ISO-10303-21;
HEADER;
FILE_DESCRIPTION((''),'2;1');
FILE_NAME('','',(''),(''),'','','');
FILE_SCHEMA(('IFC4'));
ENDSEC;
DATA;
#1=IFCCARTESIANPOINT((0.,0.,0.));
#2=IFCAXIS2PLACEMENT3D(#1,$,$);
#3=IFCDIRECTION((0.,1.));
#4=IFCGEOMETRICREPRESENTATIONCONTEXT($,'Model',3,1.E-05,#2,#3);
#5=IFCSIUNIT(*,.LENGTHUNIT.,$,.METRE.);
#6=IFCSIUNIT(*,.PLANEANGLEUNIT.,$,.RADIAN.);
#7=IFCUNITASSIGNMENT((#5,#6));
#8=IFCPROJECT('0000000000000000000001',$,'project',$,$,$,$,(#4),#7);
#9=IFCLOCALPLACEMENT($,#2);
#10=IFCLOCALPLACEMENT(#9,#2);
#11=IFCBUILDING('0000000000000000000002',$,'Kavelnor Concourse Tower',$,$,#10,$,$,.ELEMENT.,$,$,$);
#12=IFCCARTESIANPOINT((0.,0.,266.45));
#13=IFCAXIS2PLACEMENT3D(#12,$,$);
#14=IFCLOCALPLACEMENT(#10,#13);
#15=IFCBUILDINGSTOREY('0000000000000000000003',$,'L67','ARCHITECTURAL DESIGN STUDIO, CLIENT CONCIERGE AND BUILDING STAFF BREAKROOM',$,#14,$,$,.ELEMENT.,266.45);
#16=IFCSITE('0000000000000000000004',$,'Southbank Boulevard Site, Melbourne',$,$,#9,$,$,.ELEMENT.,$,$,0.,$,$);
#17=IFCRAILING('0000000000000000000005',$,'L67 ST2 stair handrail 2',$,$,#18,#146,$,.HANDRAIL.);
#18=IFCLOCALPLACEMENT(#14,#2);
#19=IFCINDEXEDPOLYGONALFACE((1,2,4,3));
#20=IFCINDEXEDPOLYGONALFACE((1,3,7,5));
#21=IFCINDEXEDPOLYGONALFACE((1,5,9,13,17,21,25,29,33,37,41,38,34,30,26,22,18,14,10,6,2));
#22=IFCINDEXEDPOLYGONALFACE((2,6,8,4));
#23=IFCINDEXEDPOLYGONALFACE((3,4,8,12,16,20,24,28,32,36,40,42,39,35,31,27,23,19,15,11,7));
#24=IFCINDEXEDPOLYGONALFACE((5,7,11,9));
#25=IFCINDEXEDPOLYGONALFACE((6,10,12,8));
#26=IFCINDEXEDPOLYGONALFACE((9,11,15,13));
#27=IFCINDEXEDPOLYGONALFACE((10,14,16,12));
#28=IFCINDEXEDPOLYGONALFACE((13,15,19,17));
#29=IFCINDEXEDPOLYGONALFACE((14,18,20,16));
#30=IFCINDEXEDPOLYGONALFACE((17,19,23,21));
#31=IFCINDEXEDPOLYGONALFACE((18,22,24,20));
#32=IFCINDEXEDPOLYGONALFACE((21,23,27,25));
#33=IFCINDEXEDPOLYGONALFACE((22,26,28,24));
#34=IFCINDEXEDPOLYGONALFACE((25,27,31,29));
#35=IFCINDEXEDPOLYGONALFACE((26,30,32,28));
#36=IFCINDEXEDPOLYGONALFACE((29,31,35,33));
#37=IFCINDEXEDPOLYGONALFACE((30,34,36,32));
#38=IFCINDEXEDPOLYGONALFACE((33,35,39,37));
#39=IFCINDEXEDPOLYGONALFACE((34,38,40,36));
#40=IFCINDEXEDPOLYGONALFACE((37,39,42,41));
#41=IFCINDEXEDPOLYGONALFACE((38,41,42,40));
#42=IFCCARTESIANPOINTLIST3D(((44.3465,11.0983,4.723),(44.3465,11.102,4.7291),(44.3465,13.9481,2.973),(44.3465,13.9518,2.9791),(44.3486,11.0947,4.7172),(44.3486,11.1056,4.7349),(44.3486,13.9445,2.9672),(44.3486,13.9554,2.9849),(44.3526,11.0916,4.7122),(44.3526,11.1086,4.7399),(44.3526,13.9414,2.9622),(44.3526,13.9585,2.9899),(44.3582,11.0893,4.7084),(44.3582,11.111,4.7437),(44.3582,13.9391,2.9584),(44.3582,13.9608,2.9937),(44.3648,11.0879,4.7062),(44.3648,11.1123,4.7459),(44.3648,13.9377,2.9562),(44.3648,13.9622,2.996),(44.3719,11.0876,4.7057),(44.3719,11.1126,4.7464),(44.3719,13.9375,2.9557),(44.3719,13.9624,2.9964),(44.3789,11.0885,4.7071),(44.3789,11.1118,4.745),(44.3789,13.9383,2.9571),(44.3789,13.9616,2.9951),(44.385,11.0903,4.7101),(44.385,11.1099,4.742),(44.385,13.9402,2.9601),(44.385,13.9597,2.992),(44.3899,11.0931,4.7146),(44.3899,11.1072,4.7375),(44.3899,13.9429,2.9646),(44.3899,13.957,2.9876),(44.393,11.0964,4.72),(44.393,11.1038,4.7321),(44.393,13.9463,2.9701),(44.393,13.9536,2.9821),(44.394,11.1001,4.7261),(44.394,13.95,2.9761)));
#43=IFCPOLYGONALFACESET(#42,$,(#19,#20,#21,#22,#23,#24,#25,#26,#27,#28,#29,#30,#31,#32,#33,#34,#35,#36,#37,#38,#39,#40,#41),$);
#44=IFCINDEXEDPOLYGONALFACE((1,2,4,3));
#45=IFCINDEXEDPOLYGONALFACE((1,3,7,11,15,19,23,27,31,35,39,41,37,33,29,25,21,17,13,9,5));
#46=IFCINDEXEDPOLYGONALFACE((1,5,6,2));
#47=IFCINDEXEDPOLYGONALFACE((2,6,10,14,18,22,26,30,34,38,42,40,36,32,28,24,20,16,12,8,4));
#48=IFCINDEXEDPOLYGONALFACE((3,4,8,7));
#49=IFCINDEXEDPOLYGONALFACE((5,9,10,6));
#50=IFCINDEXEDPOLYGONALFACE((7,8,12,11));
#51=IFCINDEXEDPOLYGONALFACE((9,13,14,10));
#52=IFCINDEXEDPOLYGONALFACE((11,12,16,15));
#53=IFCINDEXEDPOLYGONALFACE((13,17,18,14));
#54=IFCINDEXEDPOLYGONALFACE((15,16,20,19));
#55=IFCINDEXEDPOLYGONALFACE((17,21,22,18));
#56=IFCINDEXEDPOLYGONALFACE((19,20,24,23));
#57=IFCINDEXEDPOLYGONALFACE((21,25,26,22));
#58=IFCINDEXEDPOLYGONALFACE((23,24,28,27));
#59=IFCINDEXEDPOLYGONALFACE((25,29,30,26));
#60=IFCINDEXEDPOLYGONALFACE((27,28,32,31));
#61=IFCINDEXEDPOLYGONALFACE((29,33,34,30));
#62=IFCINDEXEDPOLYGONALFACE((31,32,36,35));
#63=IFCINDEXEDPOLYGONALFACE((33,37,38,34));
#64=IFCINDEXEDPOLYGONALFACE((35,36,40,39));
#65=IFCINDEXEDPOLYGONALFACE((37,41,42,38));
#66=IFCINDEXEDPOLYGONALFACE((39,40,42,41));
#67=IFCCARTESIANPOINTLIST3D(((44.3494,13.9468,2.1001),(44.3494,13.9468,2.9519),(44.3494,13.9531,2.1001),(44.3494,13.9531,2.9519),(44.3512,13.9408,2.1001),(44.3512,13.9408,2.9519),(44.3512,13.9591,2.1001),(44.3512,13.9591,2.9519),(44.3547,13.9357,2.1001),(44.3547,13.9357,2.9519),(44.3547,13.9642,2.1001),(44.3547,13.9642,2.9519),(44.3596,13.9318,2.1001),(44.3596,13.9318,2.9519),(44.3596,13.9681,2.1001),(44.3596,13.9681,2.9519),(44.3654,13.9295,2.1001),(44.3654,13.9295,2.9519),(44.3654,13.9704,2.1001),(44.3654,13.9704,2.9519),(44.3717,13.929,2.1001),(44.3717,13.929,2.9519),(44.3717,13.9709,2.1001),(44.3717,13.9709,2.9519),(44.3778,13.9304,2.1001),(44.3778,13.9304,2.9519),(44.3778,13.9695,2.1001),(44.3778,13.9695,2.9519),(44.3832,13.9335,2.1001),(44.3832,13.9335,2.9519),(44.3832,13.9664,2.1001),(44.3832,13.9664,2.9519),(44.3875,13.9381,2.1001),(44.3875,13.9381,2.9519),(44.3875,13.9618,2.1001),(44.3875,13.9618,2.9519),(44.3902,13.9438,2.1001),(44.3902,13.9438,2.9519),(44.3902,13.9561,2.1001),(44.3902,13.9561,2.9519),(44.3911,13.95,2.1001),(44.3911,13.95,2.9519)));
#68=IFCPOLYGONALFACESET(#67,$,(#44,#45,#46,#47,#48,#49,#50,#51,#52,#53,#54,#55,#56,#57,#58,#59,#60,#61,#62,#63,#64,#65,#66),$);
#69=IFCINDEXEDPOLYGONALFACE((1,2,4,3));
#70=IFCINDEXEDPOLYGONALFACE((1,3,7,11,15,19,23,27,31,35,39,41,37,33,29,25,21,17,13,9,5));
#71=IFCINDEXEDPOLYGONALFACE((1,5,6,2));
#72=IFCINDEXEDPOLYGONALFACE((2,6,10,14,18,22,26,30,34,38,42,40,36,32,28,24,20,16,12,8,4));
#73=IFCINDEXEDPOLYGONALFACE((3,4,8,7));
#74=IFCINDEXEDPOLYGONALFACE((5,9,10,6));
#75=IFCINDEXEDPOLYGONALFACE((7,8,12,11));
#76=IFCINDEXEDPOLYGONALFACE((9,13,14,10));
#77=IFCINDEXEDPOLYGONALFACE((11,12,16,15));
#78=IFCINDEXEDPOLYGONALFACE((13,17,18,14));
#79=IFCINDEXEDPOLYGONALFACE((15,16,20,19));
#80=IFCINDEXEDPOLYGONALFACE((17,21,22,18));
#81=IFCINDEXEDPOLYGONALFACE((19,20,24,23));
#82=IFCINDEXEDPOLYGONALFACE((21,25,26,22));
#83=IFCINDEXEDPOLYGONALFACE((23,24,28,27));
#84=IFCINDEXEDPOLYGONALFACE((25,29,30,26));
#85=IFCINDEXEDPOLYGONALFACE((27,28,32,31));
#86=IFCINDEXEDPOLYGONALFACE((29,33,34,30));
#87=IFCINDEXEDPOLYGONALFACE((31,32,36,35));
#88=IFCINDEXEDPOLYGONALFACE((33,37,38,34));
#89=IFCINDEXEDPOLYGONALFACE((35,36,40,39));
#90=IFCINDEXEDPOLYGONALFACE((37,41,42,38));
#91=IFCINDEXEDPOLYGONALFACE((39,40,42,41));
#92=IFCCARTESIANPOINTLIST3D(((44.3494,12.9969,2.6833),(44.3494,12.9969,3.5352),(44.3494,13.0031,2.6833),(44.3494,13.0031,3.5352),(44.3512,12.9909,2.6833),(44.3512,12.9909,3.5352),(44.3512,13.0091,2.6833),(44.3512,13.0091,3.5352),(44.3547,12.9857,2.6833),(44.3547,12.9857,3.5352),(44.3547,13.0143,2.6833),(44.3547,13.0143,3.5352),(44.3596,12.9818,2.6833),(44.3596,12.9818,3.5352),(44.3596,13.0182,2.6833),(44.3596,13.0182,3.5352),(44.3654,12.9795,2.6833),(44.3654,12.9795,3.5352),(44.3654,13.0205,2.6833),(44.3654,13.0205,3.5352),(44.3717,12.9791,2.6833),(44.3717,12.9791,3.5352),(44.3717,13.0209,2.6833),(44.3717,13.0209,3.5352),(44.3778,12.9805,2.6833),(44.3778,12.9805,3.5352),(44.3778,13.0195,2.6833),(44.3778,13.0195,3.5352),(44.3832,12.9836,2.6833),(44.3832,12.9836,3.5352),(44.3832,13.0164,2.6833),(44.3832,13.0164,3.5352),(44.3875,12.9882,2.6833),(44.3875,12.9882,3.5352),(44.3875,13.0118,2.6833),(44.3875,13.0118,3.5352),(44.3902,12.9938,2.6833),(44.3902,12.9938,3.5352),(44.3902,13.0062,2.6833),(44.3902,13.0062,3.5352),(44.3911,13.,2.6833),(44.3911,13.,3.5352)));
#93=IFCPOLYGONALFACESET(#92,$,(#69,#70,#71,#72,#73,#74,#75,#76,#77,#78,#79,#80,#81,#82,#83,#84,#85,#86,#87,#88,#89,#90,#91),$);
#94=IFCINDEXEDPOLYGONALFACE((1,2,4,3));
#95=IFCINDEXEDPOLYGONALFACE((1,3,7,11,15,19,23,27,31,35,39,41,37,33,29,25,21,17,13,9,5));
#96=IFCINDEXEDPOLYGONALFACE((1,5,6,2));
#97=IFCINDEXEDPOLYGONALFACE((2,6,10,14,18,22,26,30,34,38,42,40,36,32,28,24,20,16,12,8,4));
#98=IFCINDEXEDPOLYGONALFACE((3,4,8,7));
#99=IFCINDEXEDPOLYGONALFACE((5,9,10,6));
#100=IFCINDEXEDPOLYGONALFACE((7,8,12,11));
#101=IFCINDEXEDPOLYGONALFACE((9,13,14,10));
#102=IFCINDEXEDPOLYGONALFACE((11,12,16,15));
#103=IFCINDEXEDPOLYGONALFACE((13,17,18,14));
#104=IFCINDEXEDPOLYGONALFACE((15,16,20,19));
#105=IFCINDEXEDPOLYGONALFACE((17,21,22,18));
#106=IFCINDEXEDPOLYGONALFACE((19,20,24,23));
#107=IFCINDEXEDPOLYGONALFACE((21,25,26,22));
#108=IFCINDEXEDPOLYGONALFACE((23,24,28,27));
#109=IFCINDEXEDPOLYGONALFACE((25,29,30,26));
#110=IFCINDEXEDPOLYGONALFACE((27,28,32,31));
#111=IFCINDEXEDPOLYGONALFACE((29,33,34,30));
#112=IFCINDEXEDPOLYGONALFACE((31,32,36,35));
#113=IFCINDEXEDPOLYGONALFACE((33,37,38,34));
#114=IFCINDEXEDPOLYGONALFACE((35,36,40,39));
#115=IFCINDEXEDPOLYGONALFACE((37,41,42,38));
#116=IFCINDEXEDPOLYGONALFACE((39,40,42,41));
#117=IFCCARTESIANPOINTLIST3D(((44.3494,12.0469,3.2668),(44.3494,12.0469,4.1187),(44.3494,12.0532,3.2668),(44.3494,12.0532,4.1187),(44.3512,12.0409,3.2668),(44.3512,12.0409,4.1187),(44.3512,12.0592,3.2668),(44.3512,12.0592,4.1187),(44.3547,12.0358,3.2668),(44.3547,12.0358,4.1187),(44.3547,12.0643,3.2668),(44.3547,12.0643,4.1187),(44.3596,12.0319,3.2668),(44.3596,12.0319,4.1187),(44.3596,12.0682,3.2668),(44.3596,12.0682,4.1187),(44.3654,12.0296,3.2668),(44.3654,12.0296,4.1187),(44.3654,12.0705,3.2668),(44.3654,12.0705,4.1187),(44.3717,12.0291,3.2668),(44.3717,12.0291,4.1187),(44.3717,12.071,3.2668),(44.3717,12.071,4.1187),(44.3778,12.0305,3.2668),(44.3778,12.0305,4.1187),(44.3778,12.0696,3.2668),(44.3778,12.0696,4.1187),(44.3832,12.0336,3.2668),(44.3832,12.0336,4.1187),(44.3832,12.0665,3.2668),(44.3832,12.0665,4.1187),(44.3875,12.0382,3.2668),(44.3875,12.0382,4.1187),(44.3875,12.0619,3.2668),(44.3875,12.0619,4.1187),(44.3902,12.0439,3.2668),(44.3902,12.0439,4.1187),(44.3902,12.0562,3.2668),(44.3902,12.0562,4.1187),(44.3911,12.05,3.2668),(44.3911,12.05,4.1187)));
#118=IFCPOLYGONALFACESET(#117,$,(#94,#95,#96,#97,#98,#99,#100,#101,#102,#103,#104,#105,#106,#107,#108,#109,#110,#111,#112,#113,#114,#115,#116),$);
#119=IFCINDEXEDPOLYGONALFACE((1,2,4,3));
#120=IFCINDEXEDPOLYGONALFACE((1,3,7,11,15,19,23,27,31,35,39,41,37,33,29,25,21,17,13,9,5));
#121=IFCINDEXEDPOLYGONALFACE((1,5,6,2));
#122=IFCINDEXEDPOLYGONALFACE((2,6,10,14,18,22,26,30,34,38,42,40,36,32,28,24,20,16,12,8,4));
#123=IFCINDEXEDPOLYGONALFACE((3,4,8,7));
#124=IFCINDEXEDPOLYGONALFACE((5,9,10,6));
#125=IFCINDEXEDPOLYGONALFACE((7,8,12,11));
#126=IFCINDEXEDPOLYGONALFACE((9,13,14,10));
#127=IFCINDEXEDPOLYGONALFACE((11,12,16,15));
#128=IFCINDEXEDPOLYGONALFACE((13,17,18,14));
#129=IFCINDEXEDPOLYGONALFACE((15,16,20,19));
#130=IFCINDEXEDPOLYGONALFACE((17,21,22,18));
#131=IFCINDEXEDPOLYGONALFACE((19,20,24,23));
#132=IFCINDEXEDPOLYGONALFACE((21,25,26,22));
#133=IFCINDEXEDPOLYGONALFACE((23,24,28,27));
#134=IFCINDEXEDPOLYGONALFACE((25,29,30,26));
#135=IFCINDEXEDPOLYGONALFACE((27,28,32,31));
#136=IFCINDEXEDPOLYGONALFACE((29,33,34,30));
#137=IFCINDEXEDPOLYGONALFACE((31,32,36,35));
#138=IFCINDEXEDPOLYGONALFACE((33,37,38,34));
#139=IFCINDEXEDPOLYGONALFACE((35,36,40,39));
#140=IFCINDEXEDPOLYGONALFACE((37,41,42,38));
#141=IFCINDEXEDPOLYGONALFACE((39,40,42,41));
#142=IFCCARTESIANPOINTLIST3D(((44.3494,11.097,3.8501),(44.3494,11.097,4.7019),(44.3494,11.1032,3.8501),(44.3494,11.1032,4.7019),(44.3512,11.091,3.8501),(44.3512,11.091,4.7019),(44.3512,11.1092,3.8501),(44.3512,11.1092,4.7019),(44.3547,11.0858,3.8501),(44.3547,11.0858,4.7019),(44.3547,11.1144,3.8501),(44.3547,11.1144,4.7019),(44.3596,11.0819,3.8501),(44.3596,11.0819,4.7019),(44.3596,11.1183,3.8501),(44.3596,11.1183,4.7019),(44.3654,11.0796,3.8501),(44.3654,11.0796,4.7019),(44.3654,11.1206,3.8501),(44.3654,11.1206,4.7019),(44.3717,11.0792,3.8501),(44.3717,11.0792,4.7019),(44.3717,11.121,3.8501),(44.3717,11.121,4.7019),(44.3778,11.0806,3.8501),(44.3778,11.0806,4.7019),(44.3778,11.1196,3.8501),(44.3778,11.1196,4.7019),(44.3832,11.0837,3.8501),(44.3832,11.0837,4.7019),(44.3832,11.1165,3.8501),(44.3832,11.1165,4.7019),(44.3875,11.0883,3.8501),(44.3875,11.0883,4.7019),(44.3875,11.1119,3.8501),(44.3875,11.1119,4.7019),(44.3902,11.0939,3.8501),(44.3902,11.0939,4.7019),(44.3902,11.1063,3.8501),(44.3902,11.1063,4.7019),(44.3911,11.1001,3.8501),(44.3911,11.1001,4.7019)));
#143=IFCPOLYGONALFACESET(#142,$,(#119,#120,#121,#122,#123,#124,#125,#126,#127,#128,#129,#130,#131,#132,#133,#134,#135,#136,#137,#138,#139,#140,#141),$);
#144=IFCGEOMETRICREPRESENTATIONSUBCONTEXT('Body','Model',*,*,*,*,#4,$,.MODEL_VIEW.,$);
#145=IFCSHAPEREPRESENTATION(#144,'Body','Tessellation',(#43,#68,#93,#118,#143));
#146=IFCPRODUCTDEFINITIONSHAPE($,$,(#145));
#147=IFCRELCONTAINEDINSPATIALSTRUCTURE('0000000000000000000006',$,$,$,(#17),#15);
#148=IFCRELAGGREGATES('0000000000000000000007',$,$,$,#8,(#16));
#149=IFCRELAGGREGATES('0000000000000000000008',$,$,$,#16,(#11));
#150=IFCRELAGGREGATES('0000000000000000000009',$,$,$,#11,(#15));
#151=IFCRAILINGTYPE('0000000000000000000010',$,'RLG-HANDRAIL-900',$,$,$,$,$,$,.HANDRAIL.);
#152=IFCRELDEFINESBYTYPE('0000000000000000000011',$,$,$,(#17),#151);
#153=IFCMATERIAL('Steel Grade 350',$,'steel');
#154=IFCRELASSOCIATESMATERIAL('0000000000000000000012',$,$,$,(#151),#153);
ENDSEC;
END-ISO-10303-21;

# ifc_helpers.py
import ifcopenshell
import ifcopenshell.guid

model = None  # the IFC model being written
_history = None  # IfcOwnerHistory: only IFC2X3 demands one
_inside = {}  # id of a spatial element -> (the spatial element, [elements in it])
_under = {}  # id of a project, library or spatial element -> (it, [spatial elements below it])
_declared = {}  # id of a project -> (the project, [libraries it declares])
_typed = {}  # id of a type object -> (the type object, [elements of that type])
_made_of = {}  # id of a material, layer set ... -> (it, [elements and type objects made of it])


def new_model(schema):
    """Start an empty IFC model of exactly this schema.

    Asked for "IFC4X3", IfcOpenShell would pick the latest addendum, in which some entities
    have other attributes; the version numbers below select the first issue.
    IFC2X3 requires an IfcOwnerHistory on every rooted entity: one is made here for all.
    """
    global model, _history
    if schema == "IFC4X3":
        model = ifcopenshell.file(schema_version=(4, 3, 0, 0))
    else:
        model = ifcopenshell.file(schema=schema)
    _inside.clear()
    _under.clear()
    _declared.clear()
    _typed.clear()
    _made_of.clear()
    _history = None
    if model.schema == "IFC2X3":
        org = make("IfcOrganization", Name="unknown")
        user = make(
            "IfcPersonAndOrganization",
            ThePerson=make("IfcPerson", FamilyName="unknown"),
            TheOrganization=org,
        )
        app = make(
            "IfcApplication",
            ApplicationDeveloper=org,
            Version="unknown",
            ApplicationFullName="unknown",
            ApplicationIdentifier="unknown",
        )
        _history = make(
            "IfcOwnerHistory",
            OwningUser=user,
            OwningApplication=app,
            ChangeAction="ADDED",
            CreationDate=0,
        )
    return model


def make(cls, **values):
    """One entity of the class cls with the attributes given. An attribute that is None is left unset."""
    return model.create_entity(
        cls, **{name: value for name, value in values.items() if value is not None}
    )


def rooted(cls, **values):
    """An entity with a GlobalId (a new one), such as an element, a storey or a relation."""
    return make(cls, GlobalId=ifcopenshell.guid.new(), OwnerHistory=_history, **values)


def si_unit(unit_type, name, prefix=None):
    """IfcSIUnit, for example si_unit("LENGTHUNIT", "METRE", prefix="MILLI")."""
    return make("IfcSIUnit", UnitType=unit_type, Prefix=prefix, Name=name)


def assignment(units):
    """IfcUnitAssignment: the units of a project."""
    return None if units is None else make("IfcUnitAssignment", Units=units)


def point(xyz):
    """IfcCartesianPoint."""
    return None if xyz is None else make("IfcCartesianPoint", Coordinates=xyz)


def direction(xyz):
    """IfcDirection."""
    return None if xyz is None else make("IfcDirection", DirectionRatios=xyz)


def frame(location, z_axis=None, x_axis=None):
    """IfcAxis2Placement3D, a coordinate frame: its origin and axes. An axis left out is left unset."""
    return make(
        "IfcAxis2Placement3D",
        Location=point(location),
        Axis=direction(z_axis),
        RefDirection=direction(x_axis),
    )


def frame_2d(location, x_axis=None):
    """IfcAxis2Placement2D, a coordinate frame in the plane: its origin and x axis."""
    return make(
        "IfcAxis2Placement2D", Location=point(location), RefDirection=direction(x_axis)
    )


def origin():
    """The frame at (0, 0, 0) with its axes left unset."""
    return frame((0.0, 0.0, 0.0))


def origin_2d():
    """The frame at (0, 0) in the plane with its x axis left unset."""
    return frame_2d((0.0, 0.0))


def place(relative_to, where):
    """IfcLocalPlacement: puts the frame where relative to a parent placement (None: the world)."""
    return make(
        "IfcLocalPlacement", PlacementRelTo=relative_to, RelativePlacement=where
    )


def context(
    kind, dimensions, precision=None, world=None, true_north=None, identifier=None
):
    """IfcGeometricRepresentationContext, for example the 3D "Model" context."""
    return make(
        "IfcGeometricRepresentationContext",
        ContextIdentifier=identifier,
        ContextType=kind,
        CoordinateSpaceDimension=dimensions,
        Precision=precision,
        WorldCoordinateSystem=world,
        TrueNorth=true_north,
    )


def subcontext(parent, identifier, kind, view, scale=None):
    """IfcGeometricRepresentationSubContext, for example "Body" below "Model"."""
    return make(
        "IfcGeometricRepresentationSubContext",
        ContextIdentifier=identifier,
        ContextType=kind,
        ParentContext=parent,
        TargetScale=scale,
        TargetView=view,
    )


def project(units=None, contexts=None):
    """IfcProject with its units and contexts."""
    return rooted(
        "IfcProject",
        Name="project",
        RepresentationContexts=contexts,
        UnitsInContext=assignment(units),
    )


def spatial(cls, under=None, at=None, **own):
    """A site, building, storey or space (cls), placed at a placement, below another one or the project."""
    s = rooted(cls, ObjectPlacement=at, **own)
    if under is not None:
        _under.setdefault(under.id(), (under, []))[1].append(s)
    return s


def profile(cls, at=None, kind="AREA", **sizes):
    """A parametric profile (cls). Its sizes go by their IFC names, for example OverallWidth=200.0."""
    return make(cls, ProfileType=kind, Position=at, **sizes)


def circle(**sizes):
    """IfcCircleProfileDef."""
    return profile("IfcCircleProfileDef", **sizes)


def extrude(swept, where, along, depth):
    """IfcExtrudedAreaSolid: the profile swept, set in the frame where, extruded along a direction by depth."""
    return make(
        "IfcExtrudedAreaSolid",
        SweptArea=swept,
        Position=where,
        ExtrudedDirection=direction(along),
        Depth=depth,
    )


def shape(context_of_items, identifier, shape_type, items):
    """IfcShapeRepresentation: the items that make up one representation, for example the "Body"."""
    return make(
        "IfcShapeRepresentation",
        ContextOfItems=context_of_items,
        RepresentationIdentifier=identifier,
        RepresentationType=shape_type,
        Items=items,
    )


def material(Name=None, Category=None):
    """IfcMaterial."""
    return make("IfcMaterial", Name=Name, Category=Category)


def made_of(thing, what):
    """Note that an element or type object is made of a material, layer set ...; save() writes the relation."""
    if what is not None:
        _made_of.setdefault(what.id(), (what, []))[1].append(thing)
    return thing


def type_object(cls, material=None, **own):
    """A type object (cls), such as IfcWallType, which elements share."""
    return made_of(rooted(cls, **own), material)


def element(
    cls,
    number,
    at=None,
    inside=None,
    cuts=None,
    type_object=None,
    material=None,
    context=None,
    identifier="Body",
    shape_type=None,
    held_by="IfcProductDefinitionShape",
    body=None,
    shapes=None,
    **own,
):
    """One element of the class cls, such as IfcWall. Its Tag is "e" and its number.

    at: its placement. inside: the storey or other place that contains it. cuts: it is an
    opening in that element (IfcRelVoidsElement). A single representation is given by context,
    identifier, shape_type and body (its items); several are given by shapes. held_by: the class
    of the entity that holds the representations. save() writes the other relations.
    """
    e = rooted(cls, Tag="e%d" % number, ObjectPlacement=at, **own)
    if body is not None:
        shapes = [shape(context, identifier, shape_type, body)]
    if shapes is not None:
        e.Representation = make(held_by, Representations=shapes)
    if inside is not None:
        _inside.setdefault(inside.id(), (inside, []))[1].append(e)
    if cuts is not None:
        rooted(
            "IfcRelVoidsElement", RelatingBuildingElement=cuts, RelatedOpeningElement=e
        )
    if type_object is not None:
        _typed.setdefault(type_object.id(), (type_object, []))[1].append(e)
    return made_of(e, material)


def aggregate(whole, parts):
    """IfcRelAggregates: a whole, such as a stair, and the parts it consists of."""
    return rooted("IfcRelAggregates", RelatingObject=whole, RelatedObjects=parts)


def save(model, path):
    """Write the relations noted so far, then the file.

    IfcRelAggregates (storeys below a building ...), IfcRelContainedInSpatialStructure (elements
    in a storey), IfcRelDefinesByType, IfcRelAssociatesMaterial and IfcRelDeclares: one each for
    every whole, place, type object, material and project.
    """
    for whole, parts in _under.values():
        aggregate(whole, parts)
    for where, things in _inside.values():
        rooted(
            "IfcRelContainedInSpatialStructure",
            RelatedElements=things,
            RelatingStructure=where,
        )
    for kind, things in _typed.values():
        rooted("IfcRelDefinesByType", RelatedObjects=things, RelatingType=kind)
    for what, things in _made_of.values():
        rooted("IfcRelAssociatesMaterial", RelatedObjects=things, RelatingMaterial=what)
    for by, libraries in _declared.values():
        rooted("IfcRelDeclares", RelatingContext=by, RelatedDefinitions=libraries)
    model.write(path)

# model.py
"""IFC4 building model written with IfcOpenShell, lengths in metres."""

from ifc_helpers import new_model, si_unit, direction, frame, origin, origin_2d, place, context, subcontext, project, spatial, circle, extrude, material, type_object, element, save


model = new_model("IFC4")

# Units and contexts
model_context = context("Model", 3, precision=1e-05, world=origin(), true_north=direction((0.0, 1.0)))
body_context = subcontext(model_context, "Body", "Model", "MODEL_VIEW")
ifc_project = project(units=[si_unit("LENGTHUNIT", "METRE"), si_unit("PLANEANGLEUNIT", "RADIAN")], contexts=[model_context])

# Site, building, storey
site_placement = place(None, origin())
site = spatial("IfcSite", under=ifc_project, at=site_placement, Name="Southbank Boulevard Site, Melbourne", CompositionType="ELEMENT", RefElevation=0.0)
building_placement = place(site_placement, origin())
building = spatial("IfcBuilding", under=site, at=building_placement, Name="Kavelnor Concourse Tower", CompositionType="ELEMENT")
storey_placement = place(building_placement, frame((0.0, 0.0, 266.45)))
storey = spatial("IfcBuildingStorey", under=building, at=storey_placement, Name="L67", Description="ARCHITECTURAL DESIGN STUDIO, CLIENT CONCIERGE AND BUILDING STAFF BREAKROOM", CompositionType="ELEMENT", Elevation=266.45)

# Shared definitions
ifc_material_1 = material(Name="Steel Grade 350", Category="steel")

# Railing
railing_type_1 = type_object("IfcRailingType", Name="RLG-HANDRAIL-900", PredefinedType="HANDRAIL", material=ifc_material_1)
railing_1_placement = place(storey_placement, frame((44.3701, 13.95, 2.1001)))
element("IfcRailing", 1, at=railing_1_placement, inside=storey, type_object=railing_type_1, Name="L67 ST2 stair handrail 2", PredefinedType="HANDRAIL", context=body_context, shape_type="SweptSolid", body=[
    extrude(circle(Radius=0.0239, at=origin_2d()), frame((0.0, 0.0, 0.876), z_axis=(0.0, -0.852159, 0.523283), x_axis=(1.0, 0.0, 0.0)), (0.0, 0.0, 1.0), 3.3442),
    extrude(circle(Radius=0.021, at=origin_2d()), origin(), (0.0, 0.0, 1.0), 0.8518),
    extrude(circle(Radius=0.021, at=origin_2d()), frame((0.0, -0.95, 0.5833)), (0.0, 0.0, 1.0), 0.8518),
    extrude(circle(Radius=0.021, at=origin_2d()), frame((0.0, -1.8999, 1.1667)), (0.0, 0.0, 1.0), 0.8518),
    extrude(circle(Radius=0.021, at=origin_2d()), frame((0.0, -2.8499, 1.75)), (0.0, 0.0, 1.0), 0.8518),
])

save(model, "model.ifc")
